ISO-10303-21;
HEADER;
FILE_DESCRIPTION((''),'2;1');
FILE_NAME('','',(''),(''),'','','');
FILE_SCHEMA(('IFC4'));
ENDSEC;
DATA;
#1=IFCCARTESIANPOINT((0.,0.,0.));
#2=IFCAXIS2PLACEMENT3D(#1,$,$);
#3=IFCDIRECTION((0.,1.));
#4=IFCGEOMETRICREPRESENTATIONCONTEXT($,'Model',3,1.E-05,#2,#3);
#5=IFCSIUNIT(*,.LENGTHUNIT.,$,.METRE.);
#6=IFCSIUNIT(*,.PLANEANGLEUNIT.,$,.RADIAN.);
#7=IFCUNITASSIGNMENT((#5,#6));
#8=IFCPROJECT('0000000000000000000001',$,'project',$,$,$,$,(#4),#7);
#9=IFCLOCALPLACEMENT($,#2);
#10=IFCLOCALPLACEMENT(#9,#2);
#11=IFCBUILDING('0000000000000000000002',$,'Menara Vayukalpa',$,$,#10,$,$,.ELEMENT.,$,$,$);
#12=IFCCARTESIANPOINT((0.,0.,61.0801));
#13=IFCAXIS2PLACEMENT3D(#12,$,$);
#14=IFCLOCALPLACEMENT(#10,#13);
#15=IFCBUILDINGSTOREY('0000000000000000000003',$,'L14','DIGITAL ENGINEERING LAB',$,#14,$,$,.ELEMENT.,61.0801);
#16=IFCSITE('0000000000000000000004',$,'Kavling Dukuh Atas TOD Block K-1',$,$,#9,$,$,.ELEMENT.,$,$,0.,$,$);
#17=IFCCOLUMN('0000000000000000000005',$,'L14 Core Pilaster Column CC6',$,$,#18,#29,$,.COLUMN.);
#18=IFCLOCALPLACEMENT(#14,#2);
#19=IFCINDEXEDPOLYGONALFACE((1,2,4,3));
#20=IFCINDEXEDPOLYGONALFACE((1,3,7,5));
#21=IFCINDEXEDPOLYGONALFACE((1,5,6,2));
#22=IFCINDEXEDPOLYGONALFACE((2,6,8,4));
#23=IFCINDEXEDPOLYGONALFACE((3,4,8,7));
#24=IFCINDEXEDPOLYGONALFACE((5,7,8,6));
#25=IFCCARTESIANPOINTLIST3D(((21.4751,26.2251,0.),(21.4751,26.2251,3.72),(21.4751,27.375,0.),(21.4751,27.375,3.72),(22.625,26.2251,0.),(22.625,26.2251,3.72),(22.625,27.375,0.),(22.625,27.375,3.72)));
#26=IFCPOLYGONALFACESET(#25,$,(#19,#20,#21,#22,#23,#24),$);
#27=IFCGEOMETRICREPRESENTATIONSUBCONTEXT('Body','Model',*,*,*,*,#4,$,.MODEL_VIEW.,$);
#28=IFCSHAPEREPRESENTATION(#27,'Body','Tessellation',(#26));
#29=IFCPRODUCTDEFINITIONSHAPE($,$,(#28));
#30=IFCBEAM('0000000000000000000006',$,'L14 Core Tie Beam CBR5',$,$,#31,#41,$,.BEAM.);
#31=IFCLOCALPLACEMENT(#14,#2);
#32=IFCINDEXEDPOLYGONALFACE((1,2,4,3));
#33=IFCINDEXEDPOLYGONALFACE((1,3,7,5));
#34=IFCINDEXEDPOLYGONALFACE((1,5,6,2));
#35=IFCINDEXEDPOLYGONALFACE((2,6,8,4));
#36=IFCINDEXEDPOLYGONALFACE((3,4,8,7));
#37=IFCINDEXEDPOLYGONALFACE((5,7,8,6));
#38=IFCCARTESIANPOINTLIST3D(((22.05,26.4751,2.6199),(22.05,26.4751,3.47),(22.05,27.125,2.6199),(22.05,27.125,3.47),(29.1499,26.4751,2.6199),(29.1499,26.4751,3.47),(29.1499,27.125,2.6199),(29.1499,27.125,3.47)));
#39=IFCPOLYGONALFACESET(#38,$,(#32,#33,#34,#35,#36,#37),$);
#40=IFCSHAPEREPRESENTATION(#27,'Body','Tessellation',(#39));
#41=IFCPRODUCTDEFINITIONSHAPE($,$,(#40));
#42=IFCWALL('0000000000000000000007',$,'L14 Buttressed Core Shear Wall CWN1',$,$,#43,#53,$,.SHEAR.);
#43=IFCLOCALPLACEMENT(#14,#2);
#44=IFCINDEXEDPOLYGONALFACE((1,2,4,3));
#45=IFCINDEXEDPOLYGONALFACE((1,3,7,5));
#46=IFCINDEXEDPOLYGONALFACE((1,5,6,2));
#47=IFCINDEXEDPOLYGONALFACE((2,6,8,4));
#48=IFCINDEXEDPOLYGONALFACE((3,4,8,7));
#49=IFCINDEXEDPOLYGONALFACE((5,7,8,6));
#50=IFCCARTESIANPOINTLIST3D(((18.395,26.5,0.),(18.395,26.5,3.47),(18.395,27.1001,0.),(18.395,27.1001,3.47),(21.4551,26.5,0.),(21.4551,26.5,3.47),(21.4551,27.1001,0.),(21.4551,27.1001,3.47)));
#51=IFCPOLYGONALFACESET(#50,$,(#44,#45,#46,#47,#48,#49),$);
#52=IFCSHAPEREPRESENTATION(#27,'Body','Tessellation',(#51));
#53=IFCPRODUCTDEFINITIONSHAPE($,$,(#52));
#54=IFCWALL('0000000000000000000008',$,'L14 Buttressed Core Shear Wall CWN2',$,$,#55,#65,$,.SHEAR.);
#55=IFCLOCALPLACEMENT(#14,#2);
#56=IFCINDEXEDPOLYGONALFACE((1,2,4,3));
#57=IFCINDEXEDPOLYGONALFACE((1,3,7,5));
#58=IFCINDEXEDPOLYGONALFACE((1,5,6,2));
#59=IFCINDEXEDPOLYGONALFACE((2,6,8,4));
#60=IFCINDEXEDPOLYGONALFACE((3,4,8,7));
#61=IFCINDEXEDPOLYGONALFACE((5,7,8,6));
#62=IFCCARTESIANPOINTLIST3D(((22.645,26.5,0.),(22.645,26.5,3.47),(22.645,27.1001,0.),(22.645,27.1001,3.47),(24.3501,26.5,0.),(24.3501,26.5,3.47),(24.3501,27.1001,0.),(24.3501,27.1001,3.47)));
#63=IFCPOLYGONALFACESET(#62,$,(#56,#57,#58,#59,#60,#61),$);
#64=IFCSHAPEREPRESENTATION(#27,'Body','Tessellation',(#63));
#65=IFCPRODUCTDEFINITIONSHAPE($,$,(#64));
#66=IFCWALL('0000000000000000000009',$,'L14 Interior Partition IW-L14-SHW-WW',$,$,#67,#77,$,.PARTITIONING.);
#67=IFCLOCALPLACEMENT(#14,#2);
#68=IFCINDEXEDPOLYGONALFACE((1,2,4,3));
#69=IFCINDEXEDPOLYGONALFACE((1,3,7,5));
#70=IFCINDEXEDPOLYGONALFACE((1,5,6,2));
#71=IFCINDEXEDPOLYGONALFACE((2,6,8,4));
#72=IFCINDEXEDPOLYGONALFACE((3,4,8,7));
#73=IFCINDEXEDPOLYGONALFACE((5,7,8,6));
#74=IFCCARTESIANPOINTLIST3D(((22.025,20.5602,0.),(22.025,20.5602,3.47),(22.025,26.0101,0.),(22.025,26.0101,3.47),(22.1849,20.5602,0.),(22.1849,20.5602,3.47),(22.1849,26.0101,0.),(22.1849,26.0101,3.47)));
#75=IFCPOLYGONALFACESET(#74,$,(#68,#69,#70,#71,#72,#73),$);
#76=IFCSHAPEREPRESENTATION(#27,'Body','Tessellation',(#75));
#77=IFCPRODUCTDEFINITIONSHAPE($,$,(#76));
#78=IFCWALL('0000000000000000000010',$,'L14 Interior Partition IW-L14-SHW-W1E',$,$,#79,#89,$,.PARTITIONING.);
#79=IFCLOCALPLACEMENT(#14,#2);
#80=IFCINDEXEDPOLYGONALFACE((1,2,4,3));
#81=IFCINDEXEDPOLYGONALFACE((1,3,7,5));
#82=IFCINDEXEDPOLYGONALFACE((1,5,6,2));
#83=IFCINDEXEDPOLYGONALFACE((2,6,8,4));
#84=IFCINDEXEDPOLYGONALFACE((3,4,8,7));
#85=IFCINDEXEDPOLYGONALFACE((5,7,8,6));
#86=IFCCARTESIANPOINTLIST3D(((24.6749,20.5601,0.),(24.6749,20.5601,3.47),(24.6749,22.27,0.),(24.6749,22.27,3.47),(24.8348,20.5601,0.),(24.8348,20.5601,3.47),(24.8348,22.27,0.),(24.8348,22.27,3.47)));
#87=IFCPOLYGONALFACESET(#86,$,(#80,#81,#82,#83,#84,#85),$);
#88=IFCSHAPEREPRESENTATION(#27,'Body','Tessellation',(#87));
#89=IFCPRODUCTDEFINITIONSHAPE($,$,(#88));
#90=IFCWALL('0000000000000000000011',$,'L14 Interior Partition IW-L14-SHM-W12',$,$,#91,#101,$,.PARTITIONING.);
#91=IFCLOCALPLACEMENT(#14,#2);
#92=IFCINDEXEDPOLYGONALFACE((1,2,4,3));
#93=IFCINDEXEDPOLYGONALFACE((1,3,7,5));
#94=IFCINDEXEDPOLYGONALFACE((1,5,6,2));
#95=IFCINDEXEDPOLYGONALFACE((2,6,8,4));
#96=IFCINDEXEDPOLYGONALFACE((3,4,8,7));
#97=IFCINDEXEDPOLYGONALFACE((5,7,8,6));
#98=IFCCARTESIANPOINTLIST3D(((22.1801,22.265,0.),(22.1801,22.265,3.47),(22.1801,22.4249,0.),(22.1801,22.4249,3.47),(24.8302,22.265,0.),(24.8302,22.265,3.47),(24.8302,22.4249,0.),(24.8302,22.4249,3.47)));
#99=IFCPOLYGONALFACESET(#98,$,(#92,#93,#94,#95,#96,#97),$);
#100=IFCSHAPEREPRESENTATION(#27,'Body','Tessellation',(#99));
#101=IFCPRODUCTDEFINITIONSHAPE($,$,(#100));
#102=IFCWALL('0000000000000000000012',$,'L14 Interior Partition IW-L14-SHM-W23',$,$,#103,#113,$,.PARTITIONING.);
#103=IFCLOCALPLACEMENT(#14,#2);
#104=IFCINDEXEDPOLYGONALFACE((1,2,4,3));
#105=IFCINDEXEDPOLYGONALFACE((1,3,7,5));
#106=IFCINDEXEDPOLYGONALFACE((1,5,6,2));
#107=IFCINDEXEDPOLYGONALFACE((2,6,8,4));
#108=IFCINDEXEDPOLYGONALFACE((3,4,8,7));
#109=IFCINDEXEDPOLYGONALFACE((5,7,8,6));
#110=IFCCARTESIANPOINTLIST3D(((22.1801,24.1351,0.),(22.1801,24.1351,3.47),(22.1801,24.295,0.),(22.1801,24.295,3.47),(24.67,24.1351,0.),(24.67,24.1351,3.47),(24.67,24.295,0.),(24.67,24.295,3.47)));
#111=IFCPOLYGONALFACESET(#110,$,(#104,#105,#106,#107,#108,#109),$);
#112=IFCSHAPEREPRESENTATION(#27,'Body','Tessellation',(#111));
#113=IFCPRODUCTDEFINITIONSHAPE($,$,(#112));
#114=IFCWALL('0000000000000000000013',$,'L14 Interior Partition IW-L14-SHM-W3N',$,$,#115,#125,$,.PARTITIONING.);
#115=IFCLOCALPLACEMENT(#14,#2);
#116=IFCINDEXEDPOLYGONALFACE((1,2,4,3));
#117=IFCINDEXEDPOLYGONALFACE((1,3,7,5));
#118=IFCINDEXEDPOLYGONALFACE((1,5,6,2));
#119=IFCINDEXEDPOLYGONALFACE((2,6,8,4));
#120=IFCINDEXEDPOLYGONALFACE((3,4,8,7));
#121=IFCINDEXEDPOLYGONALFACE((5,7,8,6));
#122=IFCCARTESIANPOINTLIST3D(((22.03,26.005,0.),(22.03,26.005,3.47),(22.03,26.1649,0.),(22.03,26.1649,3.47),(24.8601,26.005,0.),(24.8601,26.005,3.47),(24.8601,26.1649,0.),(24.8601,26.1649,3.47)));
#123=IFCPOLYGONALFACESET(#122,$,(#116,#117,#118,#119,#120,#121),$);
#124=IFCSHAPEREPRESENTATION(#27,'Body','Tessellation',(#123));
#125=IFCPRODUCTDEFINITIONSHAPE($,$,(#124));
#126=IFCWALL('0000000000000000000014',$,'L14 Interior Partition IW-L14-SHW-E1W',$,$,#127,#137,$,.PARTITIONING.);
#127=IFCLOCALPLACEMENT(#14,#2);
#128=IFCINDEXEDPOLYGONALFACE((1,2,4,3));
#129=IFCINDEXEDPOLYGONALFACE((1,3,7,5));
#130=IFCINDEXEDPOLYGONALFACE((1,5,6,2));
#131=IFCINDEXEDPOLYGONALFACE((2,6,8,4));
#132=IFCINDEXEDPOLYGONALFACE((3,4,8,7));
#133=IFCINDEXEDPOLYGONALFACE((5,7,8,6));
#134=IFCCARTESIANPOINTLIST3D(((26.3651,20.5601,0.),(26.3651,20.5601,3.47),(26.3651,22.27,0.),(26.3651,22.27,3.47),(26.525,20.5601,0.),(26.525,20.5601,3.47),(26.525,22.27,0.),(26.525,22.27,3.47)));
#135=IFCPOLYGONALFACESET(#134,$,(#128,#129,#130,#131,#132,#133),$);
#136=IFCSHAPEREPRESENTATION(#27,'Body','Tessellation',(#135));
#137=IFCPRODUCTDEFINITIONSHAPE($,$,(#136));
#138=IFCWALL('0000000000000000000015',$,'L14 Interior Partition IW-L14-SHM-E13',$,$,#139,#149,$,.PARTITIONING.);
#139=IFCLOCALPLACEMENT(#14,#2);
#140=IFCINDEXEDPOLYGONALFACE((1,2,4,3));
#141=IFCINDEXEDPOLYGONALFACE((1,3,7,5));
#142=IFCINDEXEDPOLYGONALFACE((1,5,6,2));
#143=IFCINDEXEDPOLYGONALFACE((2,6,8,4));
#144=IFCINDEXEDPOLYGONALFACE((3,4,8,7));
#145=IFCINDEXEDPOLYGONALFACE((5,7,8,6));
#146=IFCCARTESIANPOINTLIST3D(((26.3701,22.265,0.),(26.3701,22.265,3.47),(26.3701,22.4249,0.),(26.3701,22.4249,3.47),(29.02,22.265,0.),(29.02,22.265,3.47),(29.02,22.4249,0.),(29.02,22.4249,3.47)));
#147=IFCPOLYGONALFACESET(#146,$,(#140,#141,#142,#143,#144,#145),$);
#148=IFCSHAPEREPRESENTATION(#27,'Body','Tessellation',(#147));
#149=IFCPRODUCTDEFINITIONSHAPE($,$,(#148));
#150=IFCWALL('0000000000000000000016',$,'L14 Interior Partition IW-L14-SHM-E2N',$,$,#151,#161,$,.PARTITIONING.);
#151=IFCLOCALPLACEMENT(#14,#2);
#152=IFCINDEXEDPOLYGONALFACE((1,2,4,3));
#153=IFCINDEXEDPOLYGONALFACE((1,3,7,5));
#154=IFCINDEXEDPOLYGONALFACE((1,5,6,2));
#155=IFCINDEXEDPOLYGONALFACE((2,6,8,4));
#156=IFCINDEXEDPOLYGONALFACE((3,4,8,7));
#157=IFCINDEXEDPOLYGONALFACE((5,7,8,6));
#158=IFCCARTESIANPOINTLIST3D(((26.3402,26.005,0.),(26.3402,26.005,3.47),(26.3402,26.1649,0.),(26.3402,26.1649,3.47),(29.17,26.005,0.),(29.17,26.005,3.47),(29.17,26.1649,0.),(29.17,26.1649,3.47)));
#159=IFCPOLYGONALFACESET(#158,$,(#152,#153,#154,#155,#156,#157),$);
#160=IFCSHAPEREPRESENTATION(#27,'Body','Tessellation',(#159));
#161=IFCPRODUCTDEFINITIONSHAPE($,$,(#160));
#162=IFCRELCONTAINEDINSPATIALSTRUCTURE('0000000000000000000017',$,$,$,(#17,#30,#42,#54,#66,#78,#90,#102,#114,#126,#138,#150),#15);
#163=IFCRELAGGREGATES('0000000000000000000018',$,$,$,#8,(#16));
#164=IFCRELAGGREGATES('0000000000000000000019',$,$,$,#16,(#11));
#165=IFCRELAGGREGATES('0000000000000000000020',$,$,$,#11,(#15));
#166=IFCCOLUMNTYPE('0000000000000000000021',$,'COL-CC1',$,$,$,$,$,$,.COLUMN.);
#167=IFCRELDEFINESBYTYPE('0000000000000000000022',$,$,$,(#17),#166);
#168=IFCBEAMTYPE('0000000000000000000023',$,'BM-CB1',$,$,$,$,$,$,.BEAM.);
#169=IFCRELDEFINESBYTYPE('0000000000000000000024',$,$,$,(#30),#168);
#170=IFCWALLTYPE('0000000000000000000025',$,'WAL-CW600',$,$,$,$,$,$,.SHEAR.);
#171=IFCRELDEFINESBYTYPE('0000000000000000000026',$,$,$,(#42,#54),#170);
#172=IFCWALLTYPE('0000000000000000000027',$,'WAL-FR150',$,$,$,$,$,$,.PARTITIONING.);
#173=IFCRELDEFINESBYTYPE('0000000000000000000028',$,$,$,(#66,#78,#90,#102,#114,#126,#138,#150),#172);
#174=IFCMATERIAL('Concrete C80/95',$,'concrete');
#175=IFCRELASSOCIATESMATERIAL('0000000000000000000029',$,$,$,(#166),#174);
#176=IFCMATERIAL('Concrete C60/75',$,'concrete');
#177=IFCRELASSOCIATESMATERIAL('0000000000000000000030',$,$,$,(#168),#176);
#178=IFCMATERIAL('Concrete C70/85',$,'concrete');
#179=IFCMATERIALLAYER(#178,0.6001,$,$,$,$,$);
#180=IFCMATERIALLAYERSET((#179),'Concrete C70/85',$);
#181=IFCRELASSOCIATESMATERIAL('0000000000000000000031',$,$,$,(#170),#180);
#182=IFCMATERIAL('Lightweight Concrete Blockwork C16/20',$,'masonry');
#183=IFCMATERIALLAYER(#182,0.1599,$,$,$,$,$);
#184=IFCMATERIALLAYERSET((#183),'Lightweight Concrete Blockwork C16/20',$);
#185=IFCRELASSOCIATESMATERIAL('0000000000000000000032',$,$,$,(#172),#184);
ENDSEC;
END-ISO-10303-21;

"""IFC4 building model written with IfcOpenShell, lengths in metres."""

from ifc_helpers import new_model, si_unit, direction, frame, frame_2d, origin, origin_2d, place, context, subcontext, project, spatial, rectangle, extrude, material, layer, layer_set, material_profile, profile_set, type_object, element, save


model = new_model("IFC4")

# Units and contexts
model_context = context("Model", 3, precision=1e-05, world=origin(), true_north=direction((0.0, 1.0)))
body_context = subcontext(model_context, "Body", "Model", "MODEL_VIEW")
ifc_project = project(units=[si_unit("LENGTHUNIT", "METRE"), si_unit("PLANEANGLEUNIT", "RADIAN")], contexts=[model_context])

# Site, building, storey
site_placement = place(None, origin())
site = spatial("IfcSite", under=ifc_project, at=site_placement, Name="Kavling Dukuh Atas TOD Block K-1", CompositionType="ELEMENT", RefElevation=0.0)
building_placement = place(site_placement, origin())
building = spatial("IfcBuilding", under=site, at=building_placement, Name="Menara Vayukalpa", CompositionType="ELEMENT")
storey_placement = place(building_placement, frame((0.0, 0.0, 61.0801)))
storey = spatial("IfcBuildingStorey", under=building, at=storey_placement, Name="L14", Description="DIGITAL ENGINEERING LAB", CompositionType="ELEMENT", Elevation=61.0801)

# Column
ifc_material_1 = material(Name="Concrete C80/95", Category="concrete")
ifc_material_profile_1 = material_profile(ifc_material_1, rectangle(XDim=1.1499, YDim=1.1499, at=origin_2d()), Name="RC 1150x1150")
ifc_profile_set_1 = profile_set([ifc_material_profile_1], Name="Concrete C80/95")
column_type = type_object("IfcColumnType", Name="COL-CC1", PredefinedType="COLUMN", material=ifc_profile_set_1)
column_placement = place(storey_placement, frame((22.05, 26.8, 0.0), z_axis=(0.0, 0.0, 1.0), x_axis=(1.0, 0.0, 0.0)))
element("IfcColumn", 1, at=column_placement, inside=storey, type_object=column_type, Name="L14 Core Pilaster Column CC6", PredefinedType="COLUMN", context=body_context, shape_type="SweptSolid", body=[
    extrude(rectangle(XDim=1.1499, YDim=1.1499, at=origin_2d()), origin(), (0.0, 0.0, 1.0), 3.72),
])

# Beam
ifc_material_2 = material(Name="Concrete C60/75", Category="concrete")
ifc_material_profile_2 = material_profile(ifc_material_2, rectangle(XDim=0.6499, YDim=0.8501, at=origin_2d()), Name="RC 650x850")
ifc_profile_set_2 = profile_set([ifc_material_profile_2], Name="Concrete C60/75")
beam_type = type_object("IfcBeamType", Name="BM-CB1", PredefinedType="BEAM", material=ifc_profile_set_2)
beam_placement = place(storey_placement, frame((22.05, 26.8, 3.0449), z_axis=(1.0, 0.0, 0.0), x_axis=(0.0, 1.0, 0.0)))
element("IfcBeam", 2, at=beam_placement, inside=storey, type_object=beam_type, Name="L14 Core Tie Beam CBR5", PredefinedType="BEAM", context=body_context, shape_type="SweptSolid", body=[
    extrude(rectangle(XDim=0.6499, YDim=0.8501, at=origin_2d()), origin(), (0.0, 0.0, 1.0), 7.0999),
])

# Walls
ifc_material_3 = material(Name="Concrete C70/85", Category="concrete")
ifc_layer_1 = layer(ifc_material_3, 0.6001)
ifc_layer_set_1 = layer_set([ifc_layer_1], Name="Concrete C70/85")
wall_type_1 = type_object("IfcWallType", Name="WAL-CW600", PredefinedType="SHEAR", material=ifc_layer_set_1)
wall_1_placement = place(storey_placement, frame((18.395, 26.8, 0.0), z_axis=(0.0, 0.0, 1.0), x_axis=(1.0, 0.0, 0.0)))
element("IfcWall", 3, at=wall_1_placement, inside=storey, type_object=wall_type_1, Name="L14 Buttressed Core Shear Wall CWN1", PredefinedType="SHEAR", context=body_context, shape_type="SweptSolid", body=[
    extrude(rectangle(XDim=3.0601, YDim=0.6001, at=frame_2d((1.53, 0.0))), origin(), (0.0, 0.0, 1.0), 3.47),
])
wall_2_placement = place(storey_placement, frame((22.645, 26.8, 0.0), z_axis=(0.0, 0.0, 1.0), x_axis=(1.0, 0.0, 0.0)))
element("IfcWall", 4, at=wall_2_placement, inside=storey, type_object=wall_type_1, Name="L14 Buttressed Core Shear Wall CWN2", PredefinedType="SHEAR", context=body_context, shape_type="SweptSolid", body=[
    extrude(rectangle(XDim=1.7051, YDim=0.6001, at=frame_2d((0.8525, 0.0))), origin(), (0.0, 0.0, 1.0), 3.47),
])
ifc_material_4 = material(Name="Lightweight Concrete Blockwork C16/20", Category="masonry")
ifc_layer_2 = layer(ifc_material_4, 0.1599)
ifc_layer_set_2 = layer_set([ifc_layer_2], Name="Lightweight Concrete Blockwork C16/20")
wall_type_2 = type_object("IfcWallType", Name="WAL-FR150", PredefinedType="PARTITIONING", material=ifc_layer_set_2)
wall_3_placement = place(storey_placement, frame((22.105, 20.5601, 0.0), z_axis=(0.0, 0.0, 1.0), x_axis=(0.0, 1.0, 0.0)))
element("IfcWall", 5, at=wall_3_placement, inside=storey, type_object=wall_type_2, Name="L14 Interior Partition IW-L14-SHW-WW", PredefinedType="PARTITIONING", context=body_context, shape_type="SweptSolid", body=[
    extrude(rectangle(XDim=5.45, YDim=0.1599, at=frame_2d((2.7251, 0.0))), origin(), (0.0, 0.0, 1.0), 3.47),
])
wall_4_placement = place(storey_placement, frame((24.7549, 20.5601, 0.0), z_axis=(0.0, 0.0, 1.0), x_axis=(0.0, 1.0, 0.0)))
element("IfcWall", 6, at=wall_4_placement, inside=storey, type_object=wall_type_2, Name="L14 Interior Partition IW-L14-SHW-W1E", PredefinedType="PARTITIONING", context=body_context, shape_type="SweptSolid", body=[
    extrude(rectangle(XDim=1.71, YDim=0.1599, at=frame_2d((0.855, 0.0))), origin(), (0.0, 0.0, 1.0), 3.47),
])
wall_5_placement = place(storey_placement, frame((22.1799, 22.345, 0.0), z_axis=(0.0, 0.0, 1.0), x_axis=(1.0, 0.0, 0.0)))
element("IfcWall", 7, at=wall_5_placement, inside=storey, type_object=wall_type_2, Name="L14 Interior Partition IW-L14-SHM-W12", PredefinedType="PARTITIONING", context=body_context, shape_type="SweptSolid", body=[
    extrude(rectangle(XDim=2.6501, YDim=0.1599, at=frame_2d((1.3252, 0.0))), origin(), (0.0, 0.0, 1.0), 3.47),
])
wall_6_placement = place(storey_placement, frame((22.1799, 24.2151, 0.0), z_axis=(0.0, 0.0, 1.0), x_axis=(1.0, 0.0, 0.0)))
element("IfcWall", 8, at=wall_6_placement, inside=storey, type_object=wall_type_2, Name="L14 Interior Partition IW-L14-SHM-W23", PredefinedType="PARTITIONING", context=body_context, shape_type="SweptSolid", body=[
    extrude(rectangle(XDim=2.49, YDim=0.1599, at=frame_2d((1.2451, 0.0))), origin(), (0.0, 0.0, 1.0), 3.47),
])
wall_7_placement = place(storey_placement, frame((22.03, 26.085, 0.0), z_axis=(0.0, 0.0, 1.0), x_axis=(1.0, 0.0, 0.0)))
element("IfcWall", 9, at=wall_7_placement, inside=storey, type_object=wall_type_2, Name="L14 Interior Partition IW-L14-SHM-W3N", PredefinedType="PARTITIONING", context=body_context, shape_type="SweptSolid", body=[
    extrude(rectangle(XDim=2.8301, YDim=0.1599, at=frame_2d((1.415, 0.0))), origin(), (0.0, 0.0, 1.0), 3.47),
])
wall_8_placement = place(storey_placement, frame((26.4451, 20.5601, 0.0), z_axis=(0.0, 0.0, 1.0), x_axis=(0.0, 1.0, 0.0)))
element("IfcWall", 10, at=wall_8_placement, inside=storey, type_object=wall_type_2, Name="L14 Interior Partition IW-L14-SHW-E1W", PredefinedType="PARTITIONING", context=body_context, shape_type="SweptSolid", body=[
    extrude(rectangle(XDim=1.71, YDim=0.1599, at=frame_2d((0.855, 0.0))), origin(), (0.0, 0.0, 1.0), 3.47),
])
wall_9_placement = place(storey_placement, frame((26.3701, 22.345, 0.0), z_axis=(0.0, 0.0, 1.0), x_axis=(1.0, 0.0, 0.0)))
element("IfcWall", 11, at=wall_9_placement, inside=storey, type_object=wall_type_2, Name="L14 Interior Partition IW-L14-SHM-E13", PredefinedType="PARTITIONING", context=body_context, shape_type="SweptSolid", body=[
    extrude(rectangle(XDim=2.6499, YDim=0.1599, at=frame_2d((1.325, 0.0))), origin(), (0.0, 0.0, 1.0), 3.47),
])
wall_10_placement = place(storey_placement, frame((26.3401, 26.085, 0.0), z_axis=(0.0, 0.0, 1.0), x_axis=(1.0, 0.0, 0.0)))
element("IfcWall", 12, at=wall_10_placement, inside=storey, type_object=wall_type_2, Name="L14 Interior Partition IW-L14-SHM-E2N", PredefinedType="PARTITIONING", context=body_context, shape_type="SweptSolid", body=[
    extrude(rectangle(XDim=2.8298, YDim=0.1599, at=frame_2d((1.415, 0.0))), origin(), (0.0, 0.0, 1.0), 3.47),
])

save(model, "model.ifc")
